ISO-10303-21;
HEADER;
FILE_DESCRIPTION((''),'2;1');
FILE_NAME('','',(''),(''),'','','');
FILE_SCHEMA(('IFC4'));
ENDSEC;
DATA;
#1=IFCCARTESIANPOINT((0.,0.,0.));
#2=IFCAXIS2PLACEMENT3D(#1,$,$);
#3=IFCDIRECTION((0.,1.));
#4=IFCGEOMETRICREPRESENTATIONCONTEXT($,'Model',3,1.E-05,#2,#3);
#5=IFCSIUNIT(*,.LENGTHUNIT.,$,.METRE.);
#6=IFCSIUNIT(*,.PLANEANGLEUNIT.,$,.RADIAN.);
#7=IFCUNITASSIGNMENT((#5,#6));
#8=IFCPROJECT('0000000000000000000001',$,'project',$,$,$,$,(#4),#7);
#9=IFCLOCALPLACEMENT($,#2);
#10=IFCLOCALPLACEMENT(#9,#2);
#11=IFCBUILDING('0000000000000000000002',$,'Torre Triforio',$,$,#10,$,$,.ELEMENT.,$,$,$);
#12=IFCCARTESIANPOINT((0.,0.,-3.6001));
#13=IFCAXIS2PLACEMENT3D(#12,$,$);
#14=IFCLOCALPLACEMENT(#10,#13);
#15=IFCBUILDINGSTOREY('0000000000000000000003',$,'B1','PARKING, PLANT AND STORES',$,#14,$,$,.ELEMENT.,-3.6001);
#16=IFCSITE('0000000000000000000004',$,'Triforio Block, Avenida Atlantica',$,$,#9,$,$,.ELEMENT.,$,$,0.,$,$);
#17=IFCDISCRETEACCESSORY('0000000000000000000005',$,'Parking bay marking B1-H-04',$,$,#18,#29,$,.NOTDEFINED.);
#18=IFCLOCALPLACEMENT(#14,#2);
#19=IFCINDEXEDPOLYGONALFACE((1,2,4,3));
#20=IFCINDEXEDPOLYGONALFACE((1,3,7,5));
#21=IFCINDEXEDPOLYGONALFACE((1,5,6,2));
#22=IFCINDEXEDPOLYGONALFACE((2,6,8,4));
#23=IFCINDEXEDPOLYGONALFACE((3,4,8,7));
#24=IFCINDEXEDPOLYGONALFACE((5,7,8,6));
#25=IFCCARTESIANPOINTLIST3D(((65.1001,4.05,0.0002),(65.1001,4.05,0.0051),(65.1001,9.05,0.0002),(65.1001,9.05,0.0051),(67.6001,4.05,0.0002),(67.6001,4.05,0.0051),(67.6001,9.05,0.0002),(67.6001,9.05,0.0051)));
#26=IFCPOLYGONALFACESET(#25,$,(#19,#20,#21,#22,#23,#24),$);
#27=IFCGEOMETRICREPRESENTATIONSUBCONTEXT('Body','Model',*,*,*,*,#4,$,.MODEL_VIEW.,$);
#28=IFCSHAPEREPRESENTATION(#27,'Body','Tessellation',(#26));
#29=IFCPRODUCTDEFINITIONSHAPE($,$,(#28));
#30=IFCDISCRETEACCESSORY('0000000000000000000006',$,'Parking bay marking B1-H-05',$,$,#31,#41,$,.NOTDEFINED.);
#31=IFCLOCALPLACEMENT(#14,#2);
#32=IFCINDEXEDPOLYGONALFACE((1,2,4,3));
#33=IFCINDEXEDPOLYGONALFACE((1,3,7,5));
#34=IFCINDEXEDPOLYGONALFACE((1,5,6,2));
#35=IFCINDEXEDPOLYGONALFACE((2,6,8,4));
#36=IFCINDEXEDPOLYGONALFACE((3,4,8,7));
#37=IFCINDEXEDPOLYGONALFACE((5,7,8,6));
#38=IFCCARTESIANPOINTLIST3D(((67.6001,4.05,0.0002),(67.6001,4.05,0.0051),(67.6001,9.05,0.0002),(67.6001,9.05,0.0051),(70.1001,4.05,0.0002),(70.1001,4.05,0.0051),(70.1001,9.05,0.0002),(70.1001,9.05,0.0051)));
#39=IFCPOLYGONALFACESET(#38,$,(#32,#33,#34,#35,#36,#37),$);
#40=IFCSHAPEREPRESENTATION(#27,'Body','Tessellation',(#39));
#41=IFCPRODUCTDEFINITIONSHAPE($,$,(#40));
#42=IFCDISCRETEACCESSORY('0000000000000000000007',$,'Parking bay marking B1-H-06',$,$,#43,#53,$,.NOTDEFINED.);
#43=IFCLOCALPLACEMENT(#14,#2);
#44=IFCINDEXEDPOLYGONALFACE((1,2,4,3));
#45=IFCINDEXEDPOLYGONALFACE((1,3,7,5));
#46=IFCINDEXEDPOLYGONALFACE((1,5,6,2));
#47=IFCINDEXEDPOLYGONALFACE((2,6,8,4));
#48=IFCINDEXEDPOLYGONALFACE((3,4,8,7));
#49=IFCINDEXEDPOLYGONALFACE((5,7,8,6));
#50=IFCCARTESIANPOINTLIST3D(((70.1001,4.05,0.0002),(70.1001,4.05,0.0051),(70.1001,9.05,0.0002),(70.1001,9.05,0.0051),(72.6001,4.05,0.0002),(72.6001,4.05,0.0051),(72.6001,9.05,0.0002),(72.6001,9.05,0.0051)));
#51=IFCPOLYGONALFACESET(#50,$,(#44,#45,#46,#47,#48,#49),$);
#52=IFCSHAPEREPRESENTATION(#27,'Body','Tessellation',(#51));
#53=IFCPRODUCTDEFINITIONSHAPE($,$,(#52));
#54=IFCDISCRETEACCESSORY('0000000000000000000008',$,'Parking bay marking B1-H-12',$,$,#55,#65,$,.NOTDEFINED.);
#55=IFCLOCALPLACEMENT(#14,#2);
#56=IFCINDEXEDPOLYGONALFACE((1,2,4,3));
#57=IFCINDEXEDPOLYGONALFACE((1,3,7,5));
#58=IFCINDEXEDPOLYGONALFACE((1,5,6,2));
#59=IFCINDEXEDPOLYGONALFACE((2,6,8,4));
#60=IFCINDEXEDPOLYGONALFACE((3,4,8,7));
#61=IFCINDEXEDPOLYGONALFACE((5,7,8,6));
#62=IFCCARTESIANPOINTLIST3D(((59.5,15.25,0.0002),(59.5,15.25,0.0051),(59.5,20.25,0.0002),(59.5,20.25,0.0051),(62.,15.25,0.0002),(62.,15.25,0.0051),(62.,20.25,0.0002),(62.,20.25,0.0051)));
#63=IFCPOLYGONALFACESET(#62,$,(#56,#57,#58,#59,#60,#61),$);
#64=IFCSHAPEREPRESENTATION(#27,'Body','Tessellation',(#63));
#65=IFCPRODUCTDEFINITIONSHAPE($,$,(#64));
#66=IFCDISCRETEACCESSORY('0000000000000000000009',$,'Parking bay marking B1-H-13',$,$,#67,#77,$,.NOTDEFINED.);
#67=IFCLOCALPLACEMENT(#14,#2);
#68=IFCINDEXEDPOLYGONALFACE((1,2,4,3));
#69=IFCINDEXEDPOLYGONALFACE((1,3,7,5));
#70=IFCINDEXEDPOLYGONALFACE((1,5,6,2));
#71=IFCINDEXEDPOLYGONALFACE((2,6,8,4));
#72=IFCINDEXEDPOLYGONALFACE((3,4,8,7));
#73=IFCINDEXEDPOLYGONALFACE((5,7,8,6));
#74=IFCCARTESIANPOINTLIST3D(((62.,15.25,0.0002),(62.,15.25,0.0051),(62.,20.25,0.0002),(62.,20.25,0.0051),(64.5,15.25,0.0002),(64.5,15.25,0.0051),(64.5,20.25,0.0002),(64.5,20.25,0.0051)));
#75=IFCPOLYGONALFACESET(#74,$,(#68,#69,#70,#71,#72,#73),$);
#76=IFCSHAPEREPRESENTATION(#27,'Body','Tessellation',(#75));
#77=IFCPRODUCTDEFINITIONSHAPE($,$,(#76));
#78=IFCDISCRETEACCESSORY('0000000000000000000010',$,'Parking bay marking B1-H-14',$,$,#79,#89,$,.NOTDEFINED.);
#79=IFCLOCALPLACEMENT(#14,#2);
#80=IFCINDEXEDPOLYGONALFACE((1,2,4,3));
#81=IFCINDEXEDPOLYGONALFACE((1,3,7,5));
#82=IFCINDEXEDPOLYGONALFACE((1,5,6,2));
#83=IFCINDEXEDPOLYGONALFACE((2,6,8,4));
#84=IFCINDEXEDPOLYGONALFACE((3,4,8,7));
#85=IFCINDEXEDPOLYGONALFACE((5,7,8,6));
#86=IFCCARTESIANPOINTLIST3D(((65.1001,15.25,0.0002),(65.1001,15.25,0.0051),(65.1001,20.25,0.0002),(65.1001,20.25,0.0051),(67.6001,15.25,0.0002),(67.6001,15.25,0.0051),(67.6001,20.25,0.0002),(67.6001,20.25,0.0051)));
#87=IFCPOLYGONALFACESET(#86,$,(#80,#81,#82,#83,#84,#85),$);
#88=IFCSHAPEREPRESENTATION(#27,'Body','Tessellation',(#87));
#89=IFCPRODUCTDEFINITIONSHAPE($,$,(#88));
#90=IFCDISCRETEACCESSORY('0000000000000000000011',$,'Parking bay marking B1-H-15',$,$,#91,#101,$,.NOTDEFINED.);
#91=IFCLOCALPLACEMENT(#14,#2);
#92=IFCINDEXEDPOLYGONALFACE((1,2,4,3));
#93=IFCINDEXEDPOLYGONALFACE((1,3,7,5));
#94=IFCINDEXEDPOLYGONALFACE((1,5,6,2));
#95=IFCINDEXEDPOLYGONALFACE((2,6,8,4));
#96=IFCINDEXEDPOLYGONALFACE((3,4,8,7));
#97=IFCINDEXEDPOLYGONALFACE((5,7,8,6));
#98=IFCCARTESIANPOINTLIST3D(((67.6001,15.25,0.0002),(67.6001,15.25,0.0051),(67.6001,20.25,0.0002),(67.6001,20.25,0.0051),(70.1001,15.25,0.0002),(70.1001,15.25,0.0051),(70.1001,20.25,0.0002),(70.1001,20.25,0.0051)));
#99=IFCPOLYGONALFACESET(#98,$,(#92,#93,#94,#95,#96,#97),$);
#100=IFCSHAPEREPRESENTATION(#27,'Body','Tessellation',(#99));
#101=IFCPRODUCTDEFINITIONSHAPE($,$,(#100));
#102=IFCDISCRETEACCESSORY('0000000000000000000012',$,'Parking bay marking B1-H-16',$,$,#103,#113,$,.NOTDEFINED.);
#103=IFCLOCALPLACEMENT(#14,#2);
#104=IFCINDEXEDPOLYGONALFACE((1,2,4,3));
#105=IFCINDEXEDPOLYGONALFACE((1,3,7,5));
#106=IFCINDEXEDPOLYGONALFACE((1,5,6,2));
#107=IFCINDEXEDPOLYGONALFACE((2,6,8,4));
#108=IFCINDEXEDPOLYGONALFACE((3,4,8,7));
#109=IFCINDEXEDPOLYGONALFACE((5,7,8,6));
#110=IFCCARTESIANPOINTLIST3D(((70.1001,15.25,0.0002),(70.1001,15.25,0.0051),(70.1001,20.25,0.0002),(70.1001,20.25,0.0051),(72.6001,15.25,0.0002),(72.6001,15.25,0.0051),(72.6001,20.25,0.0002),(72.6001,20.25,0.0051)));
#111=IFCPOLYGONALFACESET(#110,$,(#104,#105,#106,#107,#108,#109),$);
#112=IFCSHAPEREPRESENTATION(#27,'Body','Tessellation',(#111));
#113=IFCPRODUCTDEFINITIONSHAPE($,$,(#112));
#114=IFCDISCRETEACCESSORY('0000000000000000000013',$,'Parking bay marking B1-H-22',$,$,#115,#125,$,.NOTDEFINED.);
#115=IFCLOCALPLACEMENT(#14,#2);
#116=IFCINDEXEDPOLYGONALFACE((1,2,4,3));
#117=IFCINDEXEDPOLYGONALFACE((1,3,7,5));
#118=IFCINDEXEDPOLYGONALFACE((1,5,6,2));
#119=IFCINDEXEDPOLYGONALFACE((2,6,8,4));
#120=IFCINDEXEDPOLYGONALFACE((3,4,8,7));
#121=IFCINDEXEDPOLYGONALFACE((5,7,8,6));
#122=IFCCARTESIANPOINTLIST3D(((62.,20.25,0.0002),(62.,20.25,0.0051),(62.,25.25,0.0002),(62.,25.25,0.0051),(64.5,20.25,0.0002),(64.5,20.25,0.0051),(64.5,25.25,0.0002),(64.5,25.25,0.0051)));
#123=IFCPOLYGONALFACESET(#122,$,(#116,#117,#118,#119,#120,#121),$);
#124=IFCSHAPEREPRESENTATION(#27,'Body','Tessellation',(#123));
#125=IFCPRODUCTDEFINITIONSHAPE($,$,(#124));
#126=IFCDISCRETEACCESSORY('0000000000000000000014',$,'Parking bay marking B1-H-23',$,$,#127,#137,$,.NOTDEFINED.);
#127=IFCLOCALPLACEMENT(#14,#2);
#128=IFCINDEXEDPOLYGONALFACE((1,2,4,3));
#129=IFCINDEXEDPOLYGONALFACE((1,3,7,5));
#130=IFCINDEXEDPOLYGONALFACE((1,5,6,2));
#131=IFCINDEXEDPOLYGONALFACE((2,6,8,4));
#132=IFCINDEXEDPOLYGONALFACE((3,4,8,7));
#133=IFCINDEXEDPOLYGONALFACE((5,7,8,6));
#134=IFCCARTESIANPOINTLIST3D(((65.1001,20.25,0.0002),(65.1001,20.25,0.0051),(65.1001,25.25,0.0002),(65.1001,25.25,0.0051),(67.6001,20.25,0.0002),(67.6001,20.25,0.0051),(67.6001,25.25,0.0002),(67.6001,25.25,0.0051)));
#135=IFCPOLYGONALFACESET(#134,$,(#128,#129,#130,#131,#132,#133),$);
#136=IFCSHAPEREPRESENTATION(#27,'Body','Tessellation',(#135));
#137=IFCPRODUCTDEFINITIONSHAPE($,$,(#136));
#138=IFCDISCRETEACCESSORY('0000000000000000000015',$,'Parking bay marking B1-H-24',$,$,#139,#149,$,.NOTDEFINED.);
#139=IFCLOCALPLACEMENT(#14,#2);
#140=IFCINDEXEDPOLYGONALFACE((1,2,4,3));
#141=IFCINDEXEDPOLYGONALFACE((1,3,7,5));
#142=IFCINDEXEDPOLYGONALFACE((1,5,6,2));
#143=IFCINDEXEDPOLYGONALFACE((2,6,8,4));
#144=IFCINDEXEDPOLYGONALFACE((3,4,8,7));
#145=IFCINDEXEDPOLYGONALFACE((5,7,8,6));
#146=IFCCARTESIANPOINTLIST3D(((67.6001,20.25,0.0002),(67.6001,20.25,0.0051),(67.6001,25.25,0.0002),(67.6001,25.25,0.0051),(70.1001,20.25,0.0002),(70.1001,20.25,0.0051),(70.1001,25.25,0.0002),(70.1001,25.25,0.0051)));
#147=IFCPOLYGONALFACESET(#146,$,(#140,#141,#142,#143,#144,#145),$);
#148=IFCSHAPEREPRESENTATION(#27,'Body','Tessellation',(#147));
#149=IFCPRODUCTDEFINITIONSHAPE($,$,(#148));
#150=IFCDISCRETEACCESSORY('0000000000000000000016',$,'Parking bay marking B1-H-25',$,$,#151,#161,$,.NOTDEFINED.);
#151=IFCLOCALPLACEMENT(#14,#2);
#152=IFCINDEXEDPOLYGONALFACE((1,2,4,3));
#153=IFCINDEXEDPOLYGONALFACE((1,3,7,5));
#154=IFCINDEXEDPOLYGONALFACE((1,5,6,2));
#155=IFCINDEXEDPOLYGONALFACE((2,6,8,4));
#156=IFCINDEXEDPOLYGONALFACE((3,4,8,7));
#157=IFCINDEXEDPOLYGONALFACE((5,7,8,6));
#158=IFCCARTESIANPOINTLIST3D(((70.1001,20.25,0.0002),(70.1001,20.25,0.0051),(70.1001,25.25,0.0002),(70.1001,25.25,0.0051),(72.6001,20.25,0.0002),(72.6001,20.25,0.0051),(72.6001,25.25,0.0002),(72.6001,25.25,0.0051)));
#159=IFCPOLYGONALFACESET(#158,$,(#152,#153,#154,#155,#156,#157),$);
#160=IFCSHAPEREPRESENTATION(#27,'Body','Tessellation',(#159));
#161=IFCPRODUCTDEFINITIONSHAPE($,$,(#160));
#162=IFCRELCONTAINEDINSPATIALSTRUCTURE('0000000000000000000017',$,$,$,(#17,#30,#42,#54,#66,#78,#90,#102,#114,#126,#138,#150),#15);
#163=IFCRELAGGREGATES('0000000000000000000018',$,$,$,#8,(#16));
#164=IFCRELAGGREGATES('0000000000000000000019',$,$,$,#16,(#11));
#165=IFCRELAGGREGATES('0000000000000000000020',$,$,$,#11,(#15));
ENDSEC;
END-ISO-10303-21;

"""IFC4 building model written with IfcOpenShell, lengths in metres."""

from ifc_helpers import new_model, si_unit, direction, frame, origin, origin_2d, place, context, subcontext, project, spatial, rectangle, extrude, element, save


model = new_model("IFC4")

# Units and contexts
model_context = context("Model", 3, precision=1e-05, world=origin(), true_north=direction((0.0, 1.0)))
body_context = subcontext(model_context, "Body", "Model", "MODEL_VIEW")
ifc_project = project(units=[si_unit("LENGTHUNIT", "METRE"), si_unit("PLANEANGLEUNIT", "RADIAN")], contexts=[model_context])

# Site, building, storey
site_placement = place(None, origin())
site = spatial("IfcSite", under=ifc_project, at=site_placement, Name="Triforio Block, Avenida Atlantica", CompositionType="ELEMENT", RefElevation=0.0)
building_placement = place(site_placement, origin())
building = spatial("IfcBuilding", under=site, at=building_placement, Name="Torre Triforio", CompositionType="ELEMENT")
storey_placement = place(building_placement, frame((0.0, 0.0, -3.6001)))
storey = spatial("IfcBuildingStorey", under=building, at=storey_placement, Name="B1", Description="PARKING, PLANT AND STORES", CompositionType="ELEMENT", Elevation=-3.6001)

# Discrete accessories
for number, where, z_axis, x_axis, name in (
    (1, (66.3501, 6.55, 0.0002), (0.0, 0.0, 1.0), (1.0, 0.0, 0.0), "Parking bay marking B1-H-04"),
    (2, (68.8501, 6.55, 0.0002), (0.0, 0.0, 1.0), (1.0, 0.0, 0.0), "Parking bay marking B1-H-05"),
    (3, (71.3501, 6.55, 0.0002), (0.0, 0.0, 1.0), (1.0, 0.0, 0.0), "Parking bay marking B1-H-06"),
    (4, (60.75, 17.75, 0.0002), (0.0, 0.0, 1.0), (1.0, 0.0, 0.0), "Parking bay marking B1-H-12"),
    (5, (63.25, 17.75, 0.0002), (0.0, 0.0, 1.0), (1.0, 0.0, 0.0), "Parking bay marking B1-H-13"),
    (6, (66.3501, 17.75, 0.0002), (0.0, 0.0, 1.0), (1.0, 0.0, 0.0), "Parking bay marking B1-H-14"),
    (7, (68.8501, 17.75, 0.0002), (0.0, 0.0, 1.0), (1.0, 0.0, 0.0), "Parking bay marking B1-H-15"),
    (8, (71.3501, 17.75, 0.0002), (0.0, 0.0, 1.0), (1.0, 0.0, 0.0), "Parking bay marking B1-H-16"),
    (9, (63.25, 22.75, 0.0002), (0.0, 0.0, 1.0), (1.0, 0.0, 0.0), "Parking bay marking B1-H-22"),
    (10, (66.3501, 22.75, 0.0002), (0.0, 0.0, 1.0), (1.0, 0.0, 0.0), "Parking bay marking B1-H-23"),
    (11, (68.8501, 22.75, 0.0002), (0.0, 0.0, 1.0), (1.0, 0.0, 0.0), "Parking bay marking B1-H-24"),
    (12, (71.3501, 22.75, 0.0002), (0.0, 0.0, 1.0), (1.0, 0.0, 0.0), "Parking bay marking B1-H-25"),
):
    element("IfcDiscreteAccessory", number, at=place(storey_placement, frame(where, z_axis=z_axis, x_axis=x_axis)), inside=storey, Name=name, PredefinedType="NOTDEFINED", context=body_context, shape_type="SweptSolid", body=[
        extrude(rectangle(XDim=2.5, YDim=5.0, at=origin_2d()), origin(), (0.0, 0.0, 1.0), 0.0049),
    ])

save(model, "model.ifc")
